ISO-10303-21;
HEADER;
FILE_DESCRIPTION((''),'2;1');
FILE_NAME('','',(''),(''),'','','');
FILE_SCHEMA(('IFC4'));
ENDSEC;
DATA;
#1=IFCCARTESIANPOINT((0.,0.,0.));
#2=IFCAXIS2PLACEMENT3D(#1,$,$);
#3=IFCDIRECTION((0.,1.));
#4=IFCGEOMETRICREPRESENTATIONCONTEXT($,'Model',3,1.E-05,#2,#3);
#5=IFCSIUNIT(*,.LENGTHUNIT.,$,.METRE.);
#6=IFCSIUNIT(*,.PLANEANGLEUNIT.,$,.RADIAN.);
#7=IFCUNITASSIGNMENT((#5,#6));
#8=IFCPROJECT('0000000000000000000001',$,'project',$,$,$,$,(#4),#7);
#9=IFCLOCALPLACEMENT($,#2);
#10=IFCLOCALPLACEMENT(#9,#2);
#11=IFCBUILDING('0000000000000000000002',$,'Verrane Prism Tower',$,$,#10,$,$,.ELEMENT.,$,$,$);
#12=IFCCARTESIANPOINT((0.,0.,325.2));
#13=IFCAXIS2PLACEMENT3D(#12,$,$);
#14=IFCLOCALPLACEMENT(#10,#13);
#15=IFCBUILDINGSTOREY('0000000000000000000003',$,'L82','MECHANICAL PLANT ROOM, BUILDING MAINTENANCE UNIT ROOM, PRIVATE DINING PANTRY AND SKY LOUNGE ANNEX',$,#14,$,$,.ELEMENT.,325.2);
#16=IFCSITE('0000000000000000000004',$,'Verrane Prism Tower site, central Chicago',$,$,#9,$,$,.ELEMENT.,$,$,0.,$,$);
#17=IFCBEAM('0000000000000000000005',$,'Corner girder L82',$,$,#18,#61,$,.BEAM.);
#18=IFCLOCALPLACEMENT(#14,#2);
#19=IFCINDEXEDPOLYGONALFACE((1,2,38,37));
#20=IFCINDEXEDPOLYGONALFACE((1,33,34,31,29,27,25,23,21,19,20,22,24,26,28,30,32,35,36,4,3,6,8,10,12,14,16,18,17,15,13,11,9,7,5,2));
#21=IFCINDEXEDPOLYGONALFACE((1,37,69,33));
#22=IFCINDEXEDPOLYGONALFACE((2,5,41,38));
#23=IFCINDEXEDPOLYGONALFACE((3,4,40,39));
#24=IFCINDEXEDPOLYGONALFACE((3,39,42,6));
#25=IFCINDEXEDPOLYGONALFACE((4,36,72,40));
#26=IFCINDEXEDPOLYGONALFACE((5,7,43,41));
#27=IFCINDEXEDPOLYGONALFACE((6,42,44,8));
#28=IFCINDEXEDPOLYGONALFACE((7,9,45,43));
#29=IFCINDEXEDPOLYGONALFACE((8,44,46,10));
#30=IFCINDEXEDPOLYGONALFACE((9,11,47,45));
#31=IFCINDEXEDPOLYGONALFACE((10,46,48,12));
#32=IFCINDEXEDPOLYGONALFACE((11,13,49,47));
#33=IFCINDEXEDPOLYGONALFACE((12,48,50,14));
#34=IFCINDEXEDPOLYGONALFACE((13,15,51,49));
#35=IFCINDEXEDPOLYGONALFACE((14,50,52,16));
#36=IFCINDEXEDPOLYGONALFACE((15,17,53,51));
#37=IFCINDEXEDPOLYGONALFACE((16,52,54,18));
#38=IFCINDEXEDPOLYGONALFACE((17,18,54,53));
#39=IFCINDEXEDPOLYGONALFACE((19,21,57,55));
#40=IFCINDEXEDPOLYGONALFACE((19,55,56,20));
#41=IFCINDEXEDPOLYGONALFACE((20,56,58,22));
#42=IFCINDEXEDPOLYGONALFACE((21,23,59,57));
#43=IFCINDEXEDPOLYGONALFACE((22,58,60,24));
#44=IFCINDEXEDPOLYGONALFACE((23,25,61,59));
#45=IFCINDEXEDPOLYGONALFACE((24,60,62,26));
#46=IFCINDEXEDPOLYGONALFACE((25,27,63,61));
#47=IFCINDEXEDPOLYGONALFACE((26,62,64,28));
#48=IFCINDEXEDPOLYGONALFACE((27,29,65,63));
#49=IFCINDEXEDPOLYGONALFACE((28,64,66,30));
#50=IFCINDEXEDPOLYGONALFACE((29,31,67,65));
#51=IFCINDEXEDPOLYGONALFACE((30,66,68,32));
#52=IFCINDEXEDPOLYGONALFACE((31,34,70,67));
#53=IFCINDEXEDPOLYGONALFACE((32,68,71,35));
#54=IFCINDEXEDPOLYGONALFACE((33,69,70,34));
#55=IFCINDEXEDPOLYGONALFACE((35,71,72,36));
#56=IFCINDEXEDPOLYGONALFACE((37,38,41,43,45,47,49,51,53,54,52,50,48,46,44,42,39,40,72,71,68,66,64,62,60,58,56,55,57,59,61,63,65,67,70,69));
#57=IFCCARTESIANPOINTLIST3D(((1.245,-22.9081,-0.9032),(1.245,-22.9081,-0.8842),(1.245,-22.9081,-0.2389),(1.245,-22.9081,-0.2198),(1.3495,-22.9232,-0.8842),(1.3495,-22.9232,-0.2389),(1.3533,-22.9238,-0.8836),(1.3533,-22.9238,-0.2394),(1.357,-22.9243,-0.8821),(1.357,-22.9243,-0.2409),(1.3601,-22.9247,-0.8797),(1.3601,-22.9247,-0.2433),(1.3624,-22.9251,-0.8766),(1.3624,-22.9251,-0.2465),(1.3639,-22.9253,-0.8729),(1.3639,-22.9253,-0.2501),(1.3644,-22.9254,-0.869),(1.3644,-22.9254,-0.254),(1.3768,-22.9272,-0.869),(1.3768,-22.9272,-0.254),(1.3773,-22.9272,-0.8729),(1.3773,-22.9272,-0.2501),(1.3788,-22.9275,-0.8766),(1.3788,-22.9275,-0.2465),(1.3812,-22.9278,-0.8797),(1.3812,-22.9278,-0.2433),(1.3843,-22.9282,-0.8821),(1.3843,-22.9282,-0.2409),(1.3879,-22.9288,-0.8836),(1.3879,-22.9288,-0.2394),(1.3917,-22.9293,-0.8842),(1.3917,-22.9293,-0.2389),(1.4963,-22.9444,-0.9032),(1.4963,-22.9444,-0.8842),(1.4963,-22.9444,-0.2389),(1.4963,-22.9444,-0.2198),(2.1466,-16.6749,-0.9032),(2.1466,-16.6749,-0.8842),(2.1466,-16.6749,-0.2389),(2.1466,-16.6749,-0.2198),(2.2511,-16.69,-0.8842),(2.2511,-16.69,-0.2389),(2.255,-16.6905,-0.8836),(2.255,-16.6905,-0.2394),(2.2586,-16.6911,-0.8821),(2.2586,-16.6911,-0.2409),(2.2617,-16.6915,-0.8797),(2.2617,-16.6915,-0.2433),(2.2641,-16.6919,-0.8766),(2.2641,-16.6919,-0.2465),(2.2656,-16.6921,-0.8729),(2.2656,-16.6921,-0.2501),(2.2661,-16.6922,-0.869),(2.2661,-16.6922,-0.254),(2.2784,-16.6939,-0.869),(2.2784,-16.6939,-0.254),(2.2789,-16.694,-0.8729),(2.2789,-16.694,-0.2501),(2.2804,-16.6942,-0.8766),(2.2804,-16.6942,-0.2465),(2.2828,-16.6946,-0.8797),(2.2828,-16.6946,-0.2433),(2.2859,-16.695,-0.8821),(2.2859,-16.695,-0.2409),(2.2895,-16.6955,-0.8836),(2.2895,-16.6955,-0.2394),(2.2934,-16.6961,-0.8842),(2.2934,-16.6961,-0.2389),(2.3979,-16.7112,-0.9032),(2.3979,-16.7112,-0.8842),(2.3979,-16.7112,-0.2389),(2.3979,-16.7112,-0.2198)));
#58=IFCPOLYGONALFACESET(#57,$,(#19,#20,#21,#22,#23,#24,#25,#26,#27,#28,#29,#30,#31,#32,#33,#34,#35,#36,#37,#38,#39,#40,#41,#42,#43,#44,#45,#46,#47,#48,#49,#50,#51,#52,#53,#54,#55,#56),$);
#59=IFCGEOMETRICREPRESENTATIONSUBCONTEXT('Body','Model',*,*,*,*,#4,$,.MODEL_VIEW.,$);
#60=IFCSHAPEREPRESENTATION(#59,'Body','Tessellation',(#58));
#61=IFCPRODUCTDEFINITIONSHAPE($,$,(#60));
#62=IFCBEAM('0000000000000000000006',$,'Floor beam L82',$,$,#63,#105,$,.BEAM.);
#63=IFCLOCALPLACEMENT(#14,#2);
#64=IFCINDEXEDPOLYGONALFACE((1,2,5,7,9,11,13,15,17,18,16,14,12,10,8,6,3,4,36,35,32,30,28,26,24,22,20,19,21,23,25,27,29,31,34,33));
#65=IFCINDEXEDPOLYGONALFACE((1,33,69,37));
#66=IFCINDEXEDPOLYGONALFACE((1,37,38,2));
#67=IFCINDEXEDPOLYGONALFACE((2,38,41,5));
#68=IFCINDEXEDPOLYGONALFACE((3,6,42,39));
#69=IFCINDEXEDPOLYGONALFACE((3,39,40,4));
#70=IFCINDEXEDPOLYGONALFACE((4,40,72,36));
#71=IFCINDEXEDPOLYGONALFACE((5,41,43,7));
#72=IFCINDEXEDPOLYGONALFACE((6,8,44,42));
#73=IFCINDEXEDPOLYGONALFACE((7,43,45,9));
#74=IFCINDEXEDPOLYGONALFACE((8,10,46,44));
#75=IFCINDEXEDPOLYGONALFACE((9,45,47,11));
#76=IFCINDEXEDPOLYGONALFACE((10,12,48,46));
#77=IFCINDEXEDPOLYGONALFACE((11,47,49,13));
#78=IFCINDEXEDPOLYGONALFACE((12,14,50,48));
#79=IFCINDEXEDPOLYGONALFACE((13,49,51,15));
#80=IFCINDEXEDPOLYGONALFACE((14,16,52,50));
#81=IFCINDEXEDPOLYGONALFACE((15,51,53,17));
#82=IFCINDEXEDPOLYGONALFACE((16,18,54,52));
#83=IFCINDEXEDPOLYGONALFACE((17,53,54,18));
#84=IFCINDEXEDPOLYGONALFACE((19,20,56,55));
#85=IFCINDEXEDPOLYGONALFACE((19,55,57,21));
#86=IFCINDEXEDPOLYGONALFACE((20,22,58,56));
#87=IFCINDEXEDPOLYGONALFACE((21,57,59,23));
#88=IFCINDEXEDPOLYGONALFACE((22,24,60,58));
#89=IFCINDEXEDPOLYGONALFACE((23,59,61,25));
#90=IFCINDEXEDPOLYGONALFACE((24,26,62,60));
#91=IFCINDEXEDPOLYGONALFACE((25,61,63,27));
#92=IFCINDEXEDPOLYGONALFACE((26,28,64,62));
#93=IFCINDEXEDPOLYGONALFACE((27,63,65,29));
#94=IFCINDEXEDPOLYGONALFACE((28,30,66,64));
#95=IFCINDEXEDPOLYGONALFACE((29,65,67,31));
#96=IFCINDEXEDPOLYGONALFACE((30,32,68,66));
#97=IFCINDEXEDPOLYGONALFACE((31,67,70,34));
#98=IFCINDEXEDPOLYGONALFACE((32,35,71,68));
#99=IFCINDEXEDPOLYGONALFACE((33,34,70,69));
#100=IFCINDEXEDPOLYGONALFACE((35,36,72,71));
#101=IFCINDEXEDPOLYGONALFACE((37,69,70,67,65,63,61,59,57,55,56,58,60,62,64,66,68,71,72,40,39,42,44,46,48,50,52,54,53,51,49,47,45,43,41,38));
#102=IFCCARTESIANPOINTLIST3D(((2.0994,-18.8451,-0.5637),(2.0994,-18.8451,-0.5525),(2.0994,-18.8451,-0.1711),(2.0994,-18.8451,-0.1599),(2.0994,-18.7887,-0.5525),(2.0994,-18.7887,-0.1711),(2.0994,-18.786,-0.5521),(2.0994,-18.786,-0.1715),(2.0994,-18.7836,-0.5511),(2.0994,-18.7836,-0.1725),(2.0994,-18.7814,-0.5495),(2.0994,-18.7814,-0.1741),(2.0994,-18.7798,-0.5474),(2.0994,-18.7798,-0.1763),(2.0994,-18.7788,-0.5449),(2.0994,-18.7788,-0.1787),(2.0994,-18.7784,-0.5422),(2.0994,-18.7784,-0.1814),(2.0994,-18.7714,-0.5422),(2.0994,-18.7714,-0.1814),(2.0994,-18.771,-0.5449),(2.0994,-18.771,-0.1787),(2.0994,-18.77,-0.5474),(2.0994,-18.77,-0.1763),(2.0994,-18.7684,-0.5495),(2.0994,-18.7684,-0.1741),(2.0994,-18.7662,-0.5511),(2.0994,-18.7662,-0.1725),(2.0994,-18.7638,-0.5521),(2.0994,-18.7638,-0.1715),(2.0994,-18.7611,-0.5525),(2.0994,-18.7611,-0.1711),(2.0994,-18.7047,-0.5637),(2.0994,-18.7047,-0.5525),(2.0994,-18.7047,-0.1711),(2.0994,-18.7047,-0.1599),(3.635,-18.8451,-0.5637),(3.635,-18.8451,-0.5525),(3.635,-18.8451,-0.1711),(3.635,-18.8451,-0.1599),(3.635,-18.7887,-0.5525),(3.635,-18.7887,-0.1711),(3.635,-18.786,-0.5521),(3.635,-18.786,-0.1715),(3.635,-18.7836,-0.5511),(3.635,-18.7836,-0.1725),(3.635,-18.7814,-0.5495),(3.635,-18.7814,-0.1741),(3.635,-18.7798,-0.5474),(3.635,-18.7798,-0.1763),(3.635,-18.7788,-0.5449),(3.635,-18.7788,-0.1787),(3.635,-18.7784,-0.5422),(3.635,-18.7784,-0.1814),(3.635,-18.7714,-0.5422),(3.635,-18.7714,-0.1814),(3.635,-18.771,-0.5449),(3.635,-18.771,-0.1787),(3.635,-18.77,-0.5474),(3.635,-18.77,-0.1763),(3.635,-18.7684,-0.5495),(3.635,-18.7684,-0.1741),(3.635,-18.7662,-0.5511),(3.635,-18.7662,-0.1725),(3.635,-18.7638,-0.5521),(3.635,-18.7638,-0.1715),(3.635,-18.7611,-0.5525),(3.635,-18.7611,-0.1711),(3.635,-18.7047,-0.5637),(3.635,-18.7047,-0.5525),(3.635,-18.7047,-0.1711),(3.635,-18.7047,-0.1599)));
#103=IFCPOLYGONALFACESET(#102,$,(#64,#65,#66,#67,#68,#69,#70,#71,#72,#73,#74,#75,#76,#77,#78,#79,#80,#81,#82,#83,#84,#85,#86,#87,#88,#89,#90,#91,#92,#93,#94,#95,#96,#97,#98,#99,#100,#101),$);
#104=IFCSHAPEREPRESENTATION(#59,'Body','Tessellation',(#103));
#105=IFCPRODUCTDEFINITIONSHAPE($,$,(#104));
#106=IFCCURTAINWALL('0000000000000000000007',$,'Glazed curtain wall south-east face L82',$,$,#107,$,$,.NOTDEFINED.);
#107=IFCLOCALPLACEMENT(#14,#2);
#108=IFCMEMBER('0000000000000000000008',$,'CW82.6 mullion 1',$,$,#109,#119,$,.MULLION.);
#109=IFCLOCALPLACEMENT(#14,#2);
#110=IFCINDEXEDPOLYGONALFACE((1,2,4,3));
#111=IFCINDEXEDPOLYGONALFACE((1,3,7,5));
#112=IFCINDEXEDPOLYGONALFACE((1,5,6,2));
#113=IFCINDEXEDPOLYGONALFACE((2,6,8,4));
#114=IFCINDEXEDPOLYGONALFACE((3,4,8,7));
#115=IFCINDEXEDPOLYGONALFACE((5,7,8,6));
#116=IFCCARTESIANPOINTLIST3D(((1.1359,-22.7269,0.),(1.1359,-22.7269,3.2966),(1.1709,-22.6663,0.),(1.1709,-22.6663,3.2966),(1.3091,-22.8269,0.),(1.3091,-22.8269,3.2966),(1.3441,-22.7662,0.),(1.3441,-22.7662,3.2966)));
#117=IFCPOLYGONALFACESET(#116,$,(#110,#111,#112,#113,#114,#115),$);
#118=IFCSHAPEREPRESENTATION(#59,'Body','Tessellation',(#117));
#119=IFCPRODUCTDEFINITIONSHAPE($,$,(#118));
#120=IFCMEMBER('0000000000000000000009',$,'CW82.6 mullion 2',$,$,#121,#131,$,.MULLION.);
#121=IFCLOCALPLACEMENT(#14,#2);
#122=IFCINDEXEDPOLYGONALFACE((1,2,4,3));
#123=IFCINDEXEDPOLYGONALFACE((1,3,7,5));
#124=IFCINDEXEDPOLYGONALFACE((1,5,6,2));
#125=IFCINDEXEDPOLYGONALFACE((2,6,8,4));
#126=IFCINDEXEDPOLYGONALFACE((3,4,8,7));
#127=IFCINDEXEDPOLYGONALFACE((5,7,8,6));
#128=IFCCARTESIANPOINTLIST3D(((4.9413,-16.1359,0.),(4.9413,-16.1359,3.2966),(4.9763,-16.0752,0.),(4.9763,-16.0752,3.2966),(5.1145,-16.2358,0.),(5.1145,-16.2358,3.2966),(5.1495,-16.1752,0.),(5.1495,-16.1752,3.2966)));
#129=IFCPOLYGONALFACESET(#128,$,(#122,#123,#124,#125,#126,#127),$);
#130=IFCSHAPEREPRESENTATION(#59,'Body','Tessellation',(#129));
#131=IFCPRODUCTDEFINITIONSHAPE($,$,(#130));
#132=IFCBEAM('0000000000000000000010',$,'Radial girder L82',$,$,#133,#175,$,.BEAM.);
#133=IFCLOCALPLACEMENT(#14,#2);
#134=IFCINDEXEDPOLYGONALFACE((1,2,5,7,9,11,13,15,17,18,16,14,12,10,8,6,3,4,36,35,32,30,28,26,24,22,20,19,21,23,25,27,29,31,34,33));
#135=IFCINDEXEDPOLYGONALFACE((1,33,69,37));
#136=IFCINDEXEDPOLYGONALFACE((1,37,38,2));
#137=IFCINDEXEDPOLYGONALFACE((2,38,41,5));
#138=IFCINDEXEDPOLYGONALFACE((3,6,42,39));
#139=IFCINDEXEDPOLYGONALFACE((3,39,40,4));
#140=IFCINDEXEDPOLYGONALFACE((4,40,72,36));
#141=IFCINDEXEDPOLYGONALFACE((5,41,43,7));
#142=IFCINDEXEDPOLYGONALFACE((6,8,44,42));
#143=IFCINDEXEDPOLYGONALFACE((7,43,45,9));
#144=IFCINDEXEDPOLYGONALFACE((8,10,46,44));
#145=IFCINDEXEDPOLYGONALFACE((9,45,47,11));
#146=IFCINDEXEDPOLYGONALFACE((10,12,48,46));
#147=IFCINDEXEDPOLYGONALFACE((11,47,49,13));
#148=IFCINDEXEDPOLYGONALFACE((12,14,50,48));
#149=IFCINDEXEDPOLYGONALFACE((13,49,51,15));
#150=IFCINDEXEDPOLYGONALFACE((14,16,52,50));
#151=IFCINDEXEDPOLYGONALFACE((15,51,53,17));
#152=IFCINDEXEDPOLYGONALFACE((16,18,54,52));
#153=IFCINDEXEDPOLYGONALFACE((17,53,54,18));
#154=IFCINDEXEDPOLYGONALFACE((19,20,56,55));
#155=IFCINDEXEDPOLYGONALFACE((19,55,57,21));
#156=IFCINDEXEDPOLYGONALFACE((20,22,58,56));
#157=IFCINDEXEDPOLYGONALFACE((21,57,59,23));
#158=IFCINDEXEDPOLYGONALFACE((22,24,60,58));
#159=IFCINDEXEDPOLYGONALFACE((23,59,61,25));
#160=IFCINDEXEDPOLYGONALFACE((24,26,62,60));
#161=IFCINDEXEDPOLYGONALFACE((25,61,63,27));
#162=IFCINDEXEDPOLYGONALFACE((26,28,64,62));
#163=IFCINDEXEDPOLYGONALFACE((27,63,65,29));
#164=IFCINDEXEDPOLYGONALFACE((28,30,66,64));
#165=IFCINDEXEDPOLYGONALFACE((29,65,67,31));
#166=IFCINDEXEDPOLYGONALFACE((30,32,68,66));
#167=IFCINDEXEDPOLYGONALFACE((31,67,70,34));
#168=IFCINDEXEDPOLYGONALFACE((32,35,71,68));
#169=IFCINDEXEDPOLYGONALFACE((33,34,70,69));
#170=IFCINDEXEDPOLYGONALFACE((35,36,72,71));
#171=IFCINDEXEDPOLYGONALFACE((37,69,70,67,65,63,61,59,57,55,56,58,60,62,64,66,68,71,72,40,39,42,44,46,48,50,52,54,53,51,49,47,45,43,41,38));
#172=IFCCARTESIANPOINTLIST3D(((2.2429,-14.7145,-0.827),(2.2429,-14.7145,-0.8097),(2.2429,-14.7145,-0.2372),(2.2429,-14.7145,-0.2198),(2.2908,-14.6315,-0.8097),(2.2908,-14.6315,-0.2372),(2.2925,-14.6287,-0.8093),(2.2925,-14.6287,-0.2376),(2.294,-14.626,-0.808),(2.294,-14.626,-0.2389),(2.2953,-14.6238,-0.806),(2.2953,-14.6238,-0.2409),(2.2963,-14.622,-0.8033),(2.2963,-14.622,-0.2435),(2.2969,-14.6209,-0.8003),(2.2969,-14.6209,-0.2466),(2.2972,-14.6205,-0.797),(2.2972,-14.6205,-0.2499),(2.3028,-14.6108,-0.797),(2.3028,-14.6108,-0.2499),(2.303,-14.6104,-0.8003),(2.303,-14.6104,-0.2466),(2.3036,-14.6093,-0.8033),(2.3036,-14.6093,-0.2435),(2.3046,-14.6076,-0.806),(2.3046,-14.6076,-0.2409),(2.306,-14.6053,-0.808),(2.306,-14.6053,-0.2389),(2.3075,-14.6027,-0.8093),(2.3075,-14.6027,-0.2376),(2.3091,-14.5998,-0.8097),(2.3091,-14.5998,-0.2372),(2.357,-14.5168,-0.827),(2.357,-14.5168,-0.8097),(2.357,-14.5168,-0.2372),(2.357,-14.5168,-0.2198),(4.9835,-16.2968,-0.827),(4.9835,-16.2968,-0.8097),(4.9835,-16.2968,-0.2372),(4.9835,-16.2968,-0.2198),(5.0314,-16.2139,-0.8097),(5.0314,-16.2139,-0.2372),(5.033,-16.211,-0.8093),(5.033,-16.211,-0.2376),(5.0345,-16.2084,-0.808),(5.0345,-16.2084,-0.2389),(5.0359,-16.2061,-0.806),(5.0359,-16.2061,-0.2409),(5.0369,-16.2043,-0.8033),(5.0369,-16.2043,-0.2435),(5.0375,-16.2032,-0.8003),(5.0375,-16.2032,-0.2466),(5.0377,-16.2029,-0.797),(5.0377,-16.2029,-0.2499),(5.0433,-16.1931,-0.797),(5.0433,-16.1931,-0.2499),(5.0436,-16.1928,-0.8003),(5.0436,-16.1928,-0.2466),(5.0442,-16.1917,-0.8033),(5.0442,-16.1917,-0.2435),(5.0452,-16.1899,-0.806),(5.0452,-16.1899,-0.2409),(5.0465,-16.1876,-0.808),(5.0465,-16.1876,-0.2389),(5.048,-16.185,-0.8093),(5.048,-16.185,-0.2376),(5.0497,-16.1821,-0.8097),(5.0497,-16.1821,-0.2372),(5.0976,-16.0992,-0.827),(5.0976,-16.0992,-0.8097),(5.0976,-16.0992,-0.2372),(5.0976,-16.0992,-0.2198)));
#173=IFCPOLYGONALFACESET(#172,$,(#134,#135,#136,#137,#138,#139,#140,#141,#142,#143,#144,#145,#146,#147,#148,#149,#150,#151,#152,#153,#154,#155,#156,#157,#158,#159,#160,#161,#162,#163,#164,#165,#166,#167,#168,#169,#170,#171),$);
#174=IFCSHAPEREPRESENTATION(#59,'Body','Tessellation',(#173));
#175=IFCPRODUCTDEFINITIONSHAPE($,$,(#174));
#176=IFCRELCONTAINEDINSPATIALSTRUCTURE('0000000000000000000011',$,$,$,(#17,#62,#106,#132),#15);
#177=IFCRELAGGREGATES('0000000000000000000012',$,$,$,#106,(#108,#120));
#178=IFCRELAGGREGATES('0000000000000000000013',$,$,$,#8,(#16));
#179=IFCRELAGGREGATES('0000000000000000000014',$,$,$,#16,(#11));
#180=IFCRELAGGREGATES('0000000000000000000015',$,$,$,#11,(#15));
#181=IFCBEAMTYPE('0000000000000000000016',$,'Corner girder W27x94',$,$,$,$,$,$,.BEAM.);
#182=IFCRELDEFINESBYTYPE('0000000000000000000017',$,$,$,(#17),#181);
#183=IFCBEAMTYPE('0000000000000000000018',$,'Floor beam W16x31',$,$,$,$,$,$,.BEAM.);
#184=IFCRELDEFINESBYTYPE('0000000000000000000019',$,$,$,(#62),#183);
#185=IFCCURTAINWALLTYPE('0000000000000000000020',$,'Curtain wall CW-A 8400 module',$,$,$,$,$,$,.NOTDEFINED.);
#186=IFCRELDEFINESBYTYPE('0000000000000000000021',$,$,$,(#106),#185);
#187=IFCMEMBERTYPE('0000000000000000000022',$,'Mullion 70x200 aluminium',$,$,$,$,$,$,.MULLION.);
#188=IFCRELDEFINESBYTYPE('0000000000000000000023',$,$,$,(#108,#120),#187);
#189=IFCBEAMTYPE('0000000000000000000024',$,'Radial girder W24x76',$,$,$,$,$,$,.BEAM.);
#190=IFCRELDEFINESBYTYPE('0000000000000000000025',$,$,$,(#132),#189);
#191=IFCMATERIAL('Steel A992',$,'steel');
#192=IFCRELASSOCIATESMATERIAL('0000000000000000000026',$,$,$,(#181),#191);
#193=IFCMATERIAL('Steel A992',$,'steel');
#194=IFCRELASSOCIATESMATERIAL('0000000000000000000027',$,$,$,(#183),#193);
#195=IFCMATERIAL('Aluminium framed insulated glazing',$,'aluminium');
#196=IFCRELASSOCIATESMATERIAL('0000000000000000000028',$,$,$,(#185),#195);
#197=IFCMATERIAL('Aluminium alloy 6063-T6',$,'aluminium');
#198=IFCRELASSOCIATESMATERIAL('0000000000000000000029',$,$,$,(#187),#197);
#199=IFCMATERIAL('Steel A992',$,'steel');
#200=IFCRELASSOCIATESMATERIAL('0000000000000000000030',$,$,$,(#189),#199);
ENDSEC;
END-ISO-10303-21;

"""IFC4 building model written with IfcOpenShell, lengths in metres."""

from ifc_helpers import new_model, si_unit, direction, frame, origin, origin_2d, place, context, subcontext, project, spatial, rectangle, i_section, extrude, material, material_profile, profile_set, type_object, element, aggregate, save


model = new_model("IFC4")

# Units and contexts
model_context = context("Model", 3, precision=1e-05, world=origin(), true_north=direction((0.0, 1.0)))
body_context = subcontext(model_context, "Body", "Model", "MODEL_VIEW")
ifc_project = project(units=[si_unit("LENGTHUNIT", "METRE"), si_unit("PLANEANGLEUNIT", "RADIAN")], contexts=[model_context])

# Site, building, storey
site_placement = place(None, origin())
site = spatial("IfcSite", under=ifc_project, at=site_placement, Name="Verrane Prism Tower site, central Chicago", CompositionType="ELEMENT", RefElevation=0.0)
building_placement = place(site_placement, origin())
building = spatial("IfcBuilding", under=site, at=building_placement, Name="Verrane Prism Tower", CompositionType="ELEMENT")
storey_placement = place(building_placement, frame((0.0, 0.0, 325.2)))
storey = spatial("IfcBuildingStorey", under=building, at=storey_placement, Name="L82", Description="MECHANICAL PLANT ROOM, BUILDING MAINTENANCE UNIT ROOM, PRIVATE DINING PANTRY AND SKY LOUNGE ANNEX", CompositionType="ELEMENT", Elevation=325.2)

# Beams
ifc_material_1 = material(Name="Steel A992", Category="steel")
ifc_material_profile_1 = material_profile(ifc_material_1, i_section(OverallWidth=0.2539, OverallDepth=0.6833, WebThickness=0.0125, FlangeThickness=0.019, FilletRadius=0.0151, at=origin_2d()), Name="W27x94")
ifc_profile_set_1 = profile_set([ifc_material_profile_1], Name="Steel A992")
beam_type_1 = type_object("IfcBeamType", Name="Corner girder W27x94", PredefinedType="BEAM", material=ifc_profile_set_1)
beam_1_placement = place(storey_placement, frame((1.3706, -22.9263, -0.5615), z_axis=(0.143158, 0.9897, 0.0), x_axis=(-0.9897, 0.143158, 0.0)))
element("IfcBeam", 1, at=beam_1_placement, inside=storey, type_object=beam_type_1, Name="Corner girder L82", PredefinedType="BEAM", context=body_context, shape_type="SweptSolid", body=[
    extrude(i_section(OverallWidth=0.2539, OverallDepth=0.6833, WebThickness=0.0125, FlangeThickness=0.019, FilletRadius=0.0151, at=origin_2d()), origin(), (0.0, 0.0, 1.0), 6.2981),
])
ifc_material_2 = material(Name="Steel A992", Category="steel")
ifc_material_profile_2 = material_profile(ifc_material_2, i_section(OverallWidth=0.1404, OverallDepth=0.4038, WebThickness=0.0071, FlangeThickness=0.0112, FilletRadius=0.0103, at=origin_2d()), Name="W16x31")
ifc_profile_set_2 = profile_set([ifc_material_profile_2], Name="Steel A992")
beam_type_2 = type_object("IfcBeamType", Name="Floor beam W16x31", PredefinedType="BEAM", material=ifc_profile_set_2)
beam_2_placement = place(storey_placement, frame((2.0994, -18.7749, -0.3618), z_axis=(1.0, 0.0, 0.0), x_axis=(0.0, 1.0, 0.0)))
element("IfcBeam", 2, at=beam_2_placement, inside=storey, type_object=beam_type_2, Name="Floor beam L82", PredefinedType="BEAM", context=body_context, shape_type="SweptSolid", body=[
    extrude(i_section(OverallWidth=0.1404, OverallDepth=0.4038, WebThickness=0.0071, FlangeThickness=0.0112, FilletRadius=0.0103, at=origin_2d()), origin(), (0.0, 0.0, 1.0), 1.5356),
])

# Curtain wall, members
ifc_material_3 = material(Name="Aluminium framed insulated glazing", Category="aluminium")
curtain_wall_type_1 = type_object("IfcCurtainWallType", Name="Curtain wall CW-A 8400 module", PredefinedType="NOTDEFINED", material=ifc_material_3)
curtain_wall_1_placement = place(storey_placement, origin())
curtain_wall_1 = element("IfcCurtainWall", 3, at=curtain_wall_1_placement, inside=storey, type_object=curtain_wall_type_1, Name="Glazed curtain wall south-east face L82", PredefinedType="NOTDEFINED")
ifc_material_4 = material(Name="Aluminium alloy 6063-T6", Category="aluminium")
ifc_material_profile_3 = material_profile(ifc_material_4, rectangle(XDim=0.2, YDim=0.0701, at=origin_2d()), Name="Mullion 70x200 aluminium")
ifc_profile_set_3 = profile_set([ifc_material_profile_3], Name="Aluminium alloy 6063-T6")
member_type_1 = type_object("IfcMemberType", Name="Mullion 70x200 aluminium", PredefinedType="MULLION", material=ifc_profile_set_3)
member_1_placement = place(storey_placement, frame((1.24, -22.7466, 0.0), z_axis=(0.0, 0.0, 1.0), x_axis=(-0.866025, 0.5, 0.0)))
member_1 = element("IfcMember", 4, at=member_1_placement, type_object=member_type_1, Name="CW82.6 mullion 1", PredefinedType="MULLION", context=body_context, shape_type="SweptSolid", body=[
    extrude(rectangle(XDim=0.2, YDim=0.0701, at=origin_2d()), origin(), (0.0, 0.0, 1.0), 3.2966),
])
member_2_placement = place(storey_placement, frame((5.0454, -16.1555, 0.0), z_axis=(0.0, 0.0, 1.0), x_axis=(-0.866025, 0.5, 0.0)))
member_2 = element("IfcMember", 5, at=member_2_placement, type_object=member_type_1, Name="CW82.6 mullion 2", PredefinedType="MULLION", context=body_context, shape_type="SweptSolid", body=[
    extrude(rectangle(XDim=0.2, YDim=0.0701, at=origin_2d()), origin(), (0.0, 0.0, 1.0), 3.2966),
])

# Beam
ifc_material_5 = material(Name="Steel A992", Category="steel")
ifc_material_profile_4 = material_profile(ifc_material_5, i_section(OverallWidth=0.2283, OverallDepth=0.6072, WebThickness=0.0112, FlangeThickness=0.0173, FilletRadius=0.0127, at=origin_2d()), Name="W24x76")
ifc_profile_set_4 = profile_set([ifc_material_profile_4], Name="Steel A992")
beam_type_3 = type_object("IfcBeamType", Name="Radial girder W24x76", PredefinedType="BEAM", material=ifc_profile_set_4)
beam_3_placement = place(storey_placement, frame((5.0405, -16.198, -0.5234), z_axis=(-0.866017, 0.500014, 0.0), x_axis=(-0.500014, -0.866017, 0.0)))
element("IfcBeam", 6, at=beam_3_placement, inside=storey, type_object=beam_type_3, Name="Radial girder L82", PredefinedType="BEAM", context=body_context, shape_type="SweptSolid", body=[
    extrude(i_section(OverallWidth=0.2283, OverallDepth=0.6072, WebThickness=0.0112, FlangeThickness=0.0173, FilletRadius=0.0127, at=origin_2d()), origin(), (0.0, 0.0, 1.0), 3.1646),
])

aggregate(curtain_wall_1, [member_1, member_2])

save(model, "model.ifc")
